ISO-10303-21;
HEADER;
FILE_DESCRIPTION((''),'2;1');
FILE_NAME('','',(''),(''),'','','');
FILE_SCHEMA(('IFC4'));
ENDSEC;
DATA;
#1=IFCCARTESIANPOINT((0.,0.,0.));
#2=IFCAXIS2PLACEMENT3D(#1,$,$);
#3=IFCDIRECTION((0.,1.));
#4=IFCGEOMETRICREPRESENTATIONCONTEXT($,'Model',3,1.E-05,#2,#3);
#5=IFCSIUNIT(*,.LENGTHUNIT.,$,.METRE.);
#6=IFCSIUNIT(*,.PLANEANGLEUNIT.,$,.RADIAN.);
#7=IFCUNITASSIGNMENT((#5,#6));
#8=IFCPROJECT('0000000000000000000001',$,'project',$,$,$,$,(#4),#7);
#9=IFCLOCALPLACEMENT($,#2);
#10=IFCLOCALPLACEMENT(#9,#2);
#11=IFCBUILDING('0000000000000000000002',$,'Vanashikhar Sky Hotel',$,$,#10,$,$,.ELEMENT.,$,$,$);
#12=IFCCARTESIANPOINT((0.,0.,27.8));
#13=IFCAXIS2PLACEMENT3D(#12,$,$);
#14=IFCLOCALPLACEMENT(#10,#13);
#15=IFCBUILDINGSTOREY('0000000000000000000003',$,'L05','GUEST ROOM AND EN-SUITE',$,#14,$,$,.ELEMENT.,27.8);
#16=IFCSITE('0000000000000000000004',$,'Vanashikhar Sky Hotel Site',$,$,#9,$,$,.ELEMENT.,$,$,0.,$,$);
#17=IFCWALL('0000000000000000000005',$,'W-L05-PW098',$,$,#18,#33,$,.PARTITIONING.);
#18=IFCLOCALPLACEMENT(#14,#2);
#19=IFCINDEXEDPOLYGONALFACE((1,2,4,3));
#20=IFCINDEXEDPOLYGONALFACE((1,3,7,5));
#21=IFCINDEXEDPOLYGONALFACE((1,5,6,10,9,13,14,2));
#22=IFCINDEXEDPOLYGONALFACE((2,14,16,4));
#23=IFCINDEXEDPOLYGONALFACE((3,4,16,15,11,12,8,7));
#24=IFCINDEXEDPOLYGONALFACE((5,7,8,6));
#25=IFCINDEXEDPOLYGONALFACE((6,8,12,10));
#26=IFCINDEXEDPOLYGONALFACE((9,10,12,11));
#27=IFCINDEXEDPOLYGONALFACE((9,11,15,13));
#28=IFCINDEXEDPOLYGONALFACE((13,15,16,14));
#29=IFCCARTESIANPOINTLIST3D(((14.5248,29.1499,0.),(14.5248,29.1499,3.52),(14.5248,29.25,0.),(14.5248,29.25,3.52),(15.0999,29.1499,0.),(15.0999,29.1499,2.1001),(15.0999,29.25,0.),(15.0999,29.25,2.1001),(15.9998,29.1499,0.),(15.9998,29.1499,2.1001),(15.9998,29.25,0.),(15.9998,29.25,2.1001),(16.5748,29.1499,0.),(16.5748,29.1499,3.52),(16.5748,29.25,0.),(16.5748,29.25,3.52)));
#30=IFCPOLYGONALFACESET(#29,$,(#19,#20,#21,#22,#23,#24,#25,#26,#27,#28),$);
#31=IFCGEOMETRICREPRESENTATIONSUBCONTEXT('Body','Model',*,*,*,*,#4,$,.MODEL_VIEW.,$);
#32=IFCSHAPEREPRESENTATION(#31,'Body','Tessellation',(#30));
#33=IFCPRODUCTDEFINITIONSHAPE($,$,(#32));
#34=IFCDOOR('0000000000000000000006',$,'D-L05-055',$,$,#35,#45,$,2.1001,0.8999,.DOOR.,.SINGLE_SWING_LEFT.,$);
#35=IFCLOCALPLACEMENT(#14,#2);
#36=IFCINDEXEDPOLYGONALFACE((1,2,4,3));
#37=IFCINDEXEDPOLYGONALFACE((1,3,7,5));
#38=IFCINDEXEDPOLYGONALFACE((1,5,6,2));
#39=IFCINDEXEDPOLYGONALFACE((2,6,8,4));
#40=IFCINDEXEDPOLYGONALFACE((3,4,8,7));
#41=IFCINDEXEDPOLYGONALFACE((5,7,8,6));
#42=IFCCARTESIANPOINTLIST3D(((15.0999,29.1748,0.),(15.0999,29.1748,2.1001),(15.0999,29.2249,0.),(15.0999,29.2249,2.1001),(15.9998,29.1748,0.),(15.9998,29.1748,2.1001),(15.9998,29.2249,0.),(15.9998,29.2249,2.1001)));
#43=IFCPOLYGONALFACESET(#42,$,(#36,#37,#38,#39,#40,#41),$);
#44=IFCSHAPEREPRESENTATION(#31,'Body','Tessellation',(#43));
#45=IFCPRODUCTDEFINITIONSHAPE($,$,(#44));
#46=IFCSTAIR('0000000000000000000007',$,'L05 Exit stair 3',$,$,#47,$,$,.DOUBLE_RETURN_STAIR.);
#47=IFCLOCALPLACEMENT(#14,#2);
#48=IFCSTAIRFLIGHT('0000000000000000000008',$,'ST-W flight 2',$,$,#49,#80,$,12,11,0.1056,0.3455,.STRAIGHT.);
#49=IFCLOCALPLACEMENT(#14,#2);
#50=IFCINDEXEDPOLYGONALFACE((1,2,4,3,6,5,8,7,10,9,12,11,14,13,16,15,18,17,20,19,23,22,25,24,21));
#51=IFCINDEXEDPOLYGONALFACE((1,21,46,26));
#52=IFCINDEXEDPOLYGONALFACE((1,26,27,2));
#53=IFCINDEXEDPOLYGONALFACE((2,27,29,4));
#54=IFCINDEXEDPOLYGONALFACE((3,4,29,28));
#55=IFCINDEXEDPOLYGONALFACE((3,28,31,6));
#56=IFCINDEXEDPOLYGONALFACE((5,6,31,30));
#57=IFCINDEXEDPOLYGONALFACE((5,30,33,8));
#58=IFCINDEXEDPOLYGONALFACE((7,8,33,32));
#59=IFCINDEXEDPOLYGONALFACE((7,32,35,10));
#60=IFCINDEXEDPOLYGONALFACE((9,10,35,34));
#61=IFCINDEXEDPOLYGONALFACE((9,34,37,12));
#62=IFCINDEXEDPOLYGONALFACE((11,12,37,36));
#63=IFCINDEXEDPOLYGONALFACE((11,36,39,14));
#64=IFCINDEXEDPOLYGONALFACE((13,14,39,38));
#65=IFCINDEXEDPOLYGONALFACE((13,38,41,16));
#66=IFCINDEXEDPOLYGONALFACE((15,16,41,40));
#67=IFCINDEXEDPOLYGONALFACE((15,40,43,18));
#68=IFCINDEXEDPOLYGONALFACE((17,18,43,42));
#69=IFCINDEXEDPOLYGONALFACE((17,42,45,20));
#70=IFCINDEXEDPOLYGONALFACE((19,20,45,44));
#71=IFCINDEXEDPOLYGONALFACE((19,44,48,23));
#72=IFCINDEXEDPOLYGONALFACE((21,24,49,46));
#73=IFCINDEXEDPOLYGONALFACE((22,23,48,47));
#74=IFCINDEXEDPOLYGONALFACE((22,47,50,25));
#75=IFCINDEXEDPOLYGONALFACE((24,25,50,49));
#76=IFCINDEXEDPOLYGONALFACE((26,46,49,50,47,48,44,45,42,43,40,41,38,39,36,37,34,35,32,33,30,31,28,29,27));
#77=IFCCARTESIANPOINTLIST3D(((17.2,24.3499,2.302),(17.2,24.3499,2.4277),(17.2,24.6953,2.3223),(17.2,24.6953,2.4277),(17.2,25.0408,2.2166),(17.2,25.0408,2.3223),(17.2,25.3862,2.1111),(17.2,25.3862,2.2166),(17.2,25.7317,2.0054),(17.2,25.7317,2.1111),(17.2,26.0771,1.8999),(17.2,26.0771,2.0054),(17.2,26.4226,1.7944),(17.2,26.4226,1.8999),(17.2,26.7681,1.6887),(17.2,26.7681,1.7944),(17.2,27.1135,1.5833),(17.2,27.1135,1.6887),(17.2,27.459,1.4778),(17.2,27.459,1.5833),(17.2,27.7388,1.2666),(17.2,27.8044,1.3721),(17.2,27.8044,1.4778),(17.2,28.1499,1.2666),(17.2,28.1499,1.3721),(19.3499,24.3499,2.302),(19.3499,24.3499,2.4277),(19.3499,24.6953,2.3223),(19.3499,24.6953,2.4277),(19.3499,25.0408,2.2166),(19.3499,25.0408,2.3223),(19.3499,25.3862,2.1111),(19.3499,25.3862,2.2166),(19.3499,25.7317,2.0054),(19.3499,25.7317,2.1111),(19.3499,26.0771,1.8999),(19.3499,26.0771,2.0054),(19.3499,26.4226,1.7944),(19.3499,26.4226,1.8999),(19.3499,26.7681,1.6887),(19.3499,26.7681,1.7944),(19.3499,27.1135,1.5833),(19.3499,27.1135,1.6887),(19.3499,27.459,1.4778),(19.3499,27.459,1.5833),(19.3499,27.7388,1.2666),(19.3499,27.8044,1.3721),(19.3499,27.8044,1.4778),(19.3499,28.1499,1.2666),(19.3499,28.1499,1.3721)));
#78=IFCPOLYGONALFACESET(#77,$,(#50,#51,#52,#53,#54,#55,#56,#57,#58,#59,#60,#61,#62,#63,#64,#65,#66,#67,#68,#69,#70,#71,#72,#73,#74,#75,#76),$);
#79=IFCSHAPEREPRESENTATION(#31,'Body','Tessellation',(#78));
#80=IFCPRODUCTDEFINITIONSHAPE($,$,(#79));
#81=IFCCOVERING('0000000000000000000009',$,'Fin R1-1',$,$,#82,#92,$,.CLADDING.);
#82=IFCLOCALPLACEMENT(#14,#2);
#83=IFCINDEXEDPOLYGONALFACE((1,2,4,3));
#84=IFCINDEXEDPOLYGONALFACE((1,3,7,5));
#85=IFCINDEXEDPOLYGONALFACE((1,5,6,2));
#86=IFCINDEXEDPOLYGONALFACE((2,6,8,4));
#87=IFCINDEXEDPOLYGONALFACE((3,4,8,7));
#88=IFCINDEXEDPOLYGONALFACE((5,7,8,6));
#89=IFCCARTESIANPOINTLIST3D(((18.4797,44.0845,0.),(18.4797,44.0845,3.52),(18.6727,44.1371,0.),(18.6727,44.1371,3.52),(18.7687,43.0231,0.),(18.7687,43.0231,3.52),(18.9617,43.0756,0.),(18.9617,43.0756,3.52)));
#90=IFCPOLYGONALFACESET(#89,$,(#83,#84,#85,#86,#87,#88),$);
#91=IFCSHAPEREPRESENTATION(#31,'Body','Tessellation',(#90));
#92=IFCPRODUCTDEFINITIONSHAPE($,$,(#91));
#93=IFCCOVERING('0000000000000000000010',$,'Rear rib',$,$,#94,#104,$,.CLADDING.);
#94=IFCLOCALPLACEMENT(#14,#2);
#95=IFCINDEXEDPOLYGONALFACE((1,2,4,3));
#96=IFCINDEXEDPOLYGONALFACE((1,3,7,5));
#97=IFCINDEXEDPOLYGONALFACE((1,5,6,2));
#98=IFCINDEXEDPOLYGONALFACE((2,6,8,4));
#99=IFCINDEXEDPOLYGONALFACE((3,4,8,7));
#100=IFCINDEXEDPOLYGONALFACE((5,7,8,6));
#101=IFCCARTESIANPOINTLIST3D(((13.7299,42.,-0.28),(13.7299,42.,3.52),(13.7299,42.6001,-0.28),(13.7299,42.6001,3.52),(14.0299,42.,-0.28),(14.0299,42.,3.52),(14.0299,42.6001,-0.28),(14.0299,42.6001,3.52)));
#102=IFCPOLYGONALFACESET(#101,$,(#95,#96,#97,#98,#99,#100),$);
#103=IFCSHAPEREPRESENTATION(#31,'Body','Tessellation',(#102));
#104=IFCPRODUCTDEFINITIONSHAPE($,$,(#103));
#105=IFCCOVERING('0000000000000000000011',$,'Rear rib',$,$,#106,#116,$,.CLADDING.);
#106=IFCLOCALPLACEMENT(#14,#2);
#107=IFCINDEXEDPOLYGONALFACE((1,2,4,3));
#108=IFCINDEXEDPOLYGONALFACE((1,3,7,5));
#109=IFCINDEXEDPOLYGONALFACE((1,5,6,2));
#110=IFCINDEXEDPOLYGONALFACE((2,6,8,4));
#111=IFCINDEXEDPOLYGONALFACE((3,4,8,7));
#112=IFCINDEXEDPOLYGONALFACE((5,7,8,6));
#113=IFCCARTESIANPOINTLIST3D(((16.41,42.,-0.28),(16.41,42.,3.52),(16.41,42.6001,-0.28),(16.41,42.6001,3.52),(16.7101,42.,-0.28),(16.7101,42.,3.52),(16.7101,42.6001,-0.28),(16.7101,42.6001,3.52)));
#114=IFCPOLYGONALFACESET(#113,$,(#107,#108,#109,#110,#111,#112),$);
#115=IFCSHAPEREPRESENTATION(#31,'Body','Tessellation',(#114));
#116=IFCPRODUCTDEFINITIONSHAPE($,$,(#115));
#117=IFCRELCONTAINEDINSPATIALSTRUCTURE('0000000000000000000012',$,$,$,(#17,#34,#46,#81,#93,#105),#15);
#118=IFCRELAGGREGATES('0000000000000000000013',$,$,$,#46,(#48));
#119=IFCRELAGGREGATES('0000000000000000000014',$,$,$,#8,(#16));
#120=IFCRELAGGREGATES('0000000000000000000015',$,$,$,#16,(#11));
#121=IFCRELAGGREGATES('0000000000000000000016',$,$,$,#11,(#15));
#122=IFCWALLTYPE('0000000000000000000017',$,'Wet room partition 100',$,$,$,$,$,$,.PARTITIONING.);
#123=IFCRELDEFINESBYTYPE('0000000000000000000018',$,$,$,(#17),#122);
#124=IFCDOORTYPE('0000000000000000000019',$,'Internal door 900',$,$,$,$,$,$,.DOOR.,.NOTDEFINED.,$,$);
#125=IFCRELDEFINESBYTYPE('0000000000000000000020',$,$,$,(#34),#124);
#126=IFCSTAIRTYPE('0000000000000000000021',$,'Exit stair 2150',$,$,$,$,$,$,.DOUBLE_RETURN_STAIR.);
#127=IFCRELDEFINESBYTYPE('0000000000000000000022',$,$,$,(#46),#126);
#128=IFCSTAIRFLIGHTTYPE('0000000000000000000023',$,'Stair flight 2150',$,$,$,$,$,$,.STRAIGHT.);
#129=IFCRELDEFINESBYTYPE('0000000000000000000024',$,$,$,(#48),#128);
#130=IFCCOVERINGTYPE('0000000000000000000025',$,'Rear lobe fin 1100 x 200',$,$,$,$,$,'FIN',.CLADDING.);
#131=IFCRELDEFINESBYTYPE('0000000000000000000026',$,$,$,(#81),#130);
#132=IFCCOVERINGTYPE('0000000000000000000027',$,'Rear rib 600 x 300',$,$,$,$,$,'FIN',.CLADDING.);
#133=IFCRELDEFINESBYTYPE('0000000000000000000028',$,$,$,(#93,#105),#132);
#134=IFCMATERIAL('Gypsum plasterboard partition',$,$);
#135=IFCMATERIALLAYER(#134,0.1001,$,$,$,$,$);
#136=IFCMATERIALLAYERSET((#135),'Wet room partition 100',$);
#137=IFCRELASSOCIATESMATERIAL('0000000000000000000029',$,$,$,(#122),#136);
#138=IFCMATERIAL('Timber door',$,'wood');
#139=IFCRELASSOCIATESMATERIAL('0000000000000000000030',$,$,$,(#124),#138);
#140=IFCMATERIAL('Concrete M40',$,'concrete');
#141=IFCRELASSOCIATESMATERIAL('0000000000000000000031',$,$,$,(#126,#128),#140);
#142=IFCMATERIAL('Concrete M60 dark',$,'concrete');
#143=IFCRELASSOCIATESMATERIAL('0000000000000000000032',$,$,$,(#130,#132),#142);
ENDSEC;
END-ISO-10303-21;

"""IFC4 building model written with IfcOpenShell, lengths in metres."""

from ifc_helpers import new_model, si_unit, direction, frame, frame_2d, origin, origin_2d, place, context, subcontext, project, spatial, polyline, rectangle, outline, extrude, source, transform, mapped, material, layer, layer_set, material_profile, profile_set, type_object, element, fill, aggregate, save


model = new_model("IFC4")

# Units and contexts
model_context = context("Model", 3, precision=1e-05, world=origin(), true_north=direction((0.0, 1.0)))
body_context = subcontext(model_context, "Body", "Model", "MODEL_VIEW")
ifc_project = project(units=[si_unit("LENGTHUNIT", "METRE"), si_unit("PLANEANGLEUNIT", "RADIAN")], contexts=[model_context])

# Site, building, storey
site_placement = place(None, origin())
site = spatial("IfcSite", under=ifc_project, at=site_placement, Name="Vanashikhar Sky Hotel Site", CompositionType="ELEMENT", RefElevation=0.0)
building_placement = place(site_placement, origin())
building = spatial("IfcBuilding", under=site, at=building_placement, Name="Vanashikhar Sky Hotel", CompositionType="ELEMENT")
storey_placement = place(building_placement, frame((0.0, 0.0, 27.8)))
storey = spatial("IfcBuildingStorey", under=building, at=storey_placement, Name="L05", Description="GUEST ROOM AND EN-SUITE", CompositionType="ELEMENT", Elevation=27.8)

# Wall, opening, door
ifc_material_1 = material(Name="Gypsum plasterboard partition")
ifc_layer_1 = layer(ifc_material_1, 0.1001)
ifc_layer_set_1 = layer_set([ifc_layer_1], Name="Wet room partition 100")
wall_type_1 = type_object("IfcWallType", Name="Wet room partition 100", PredefinedType="PARTITIONING", material=ifc_layer_set_1)
shared_shape_1 = source(origin(), body_context, "Body", "SweptSolid", [
    extrude(rectangle(XDim=2.05, YDim=0.1001, at=frame_2d((1.0249, 0.0))), origin(), (0.0, 0.0, 1.0), 3.52),
])
wall_1_placement = place(storey_placement, frame((14.5249, 29.2, 0.0), z_axis=(0.0, 0.0, 1.0), x_axis=(1.0, 0.0, 0.0)))
wall_1 = element("IfcWall", 1, at=wall_1_placement, inside=storey, type_object=wall_type_1, Name="W-L05-PW098", PredefinedType="PARTITIONING", context=body_context, shape_type="MappedRepresentation", body=[
    mapped(shared_shape_1, transform((0.0, 0.0, 0.0), scale=1.0)),
])
shared_shape_2 = source(origin(), body_context, "Body", "SweptSolid", [
    extrude(rectangle(XDim=0.8999, YDim=2.1001, at=frame_2d((0.45, 1.05))), frame((0.0, 0.0601, 0.0), z_axis=(0.0, -1.0, 0.0), x_axis=(1.0, 0.0, 0.0)), (0.0, 0.0, 1.0), 0.1201),
])
opening_1_placement = place(wall_1_placement, frame((0.575, 0.0, 0.0)))
opening_1 = element("IfcOpeningElement", 2, at=opening_1_placement, cuts=wall_1, PredefinedType="OPENING", context=body_context, shape_type="MappedRepresentation", body=[
    mapped(shared_shape_2, transform((0.0, 0.0, 0.0), scale=1.0)),
])
ifc_material_2 = material(Name="Timber door", Category="wood")
door_type_1 = type_object("IfcDoorType", Name="Internal door 900", OperationType="NOTDEFINED", PredefinedType="DOOR", material=ifc_material_2)
shared_shape_3 = source(origin(), body_context, "Body", "SweptSolid", [
    extrude(rectangle(XDim=0.8999, YDim=2.1001, at=frame_2d((0.45, 1.05))), frame((0.0, 0.0249, 0.0), z_axis=(0.0, -1.0, 0.0), x_axis=(1.0, 0.0, 0.0)), (0.0, 0.0, 1.0), 0.05),
])
door_1_placement = place(opening_1_placement, origin())
door_1 = element("IfcDoor", 3, at=door_1_placement, inside=storey, type_object=door_type_1, Name="D-L05-055", OperationType="SINGLE_SWING_LEFT", OverallHeight=2.1001, OverallWidth=0.8999, PredefinedType="DOOR", context=body_context, shape_type="MappedRepresentation", body=[
    mapped(shared_shape_3, transform((0.0, 0.0, 0.0), scale=1.0)),
])
fill(opening_1, door_1)

# Stair, stair flight
ifc_material_3 = material(Name="Concrete M40", Category="concrete")
stair_type = type_object("IfcStairType", Name="Exit stair 2150", PredefinedType="DOUBLE_RETURN_STAIR", material=ifc_material_3)
stair_placement = place(storey_placement, origin())
stair = element("IfcStair", 4, at=stair_placement, inside=storey, type_object=stair_type, Name="L05 Exit stair 3", PredefinedType="DOUBLE_RETURN_STAIR")
stair_flight_type = type_object("IfcStairFlightType", Name="Stair flight 2150", PredefinedType="STRAIGHT", material=ifc_material_3)
shared_shape_4 = source(origin(), body_context, "Body", "SweptSolid", [
    extrude(outline(polyline([(0.0, 0.0), (0.0, 0.1055), (0.3455, 0.1055), (0.3455, 0.2112), (0.6909, 0.2112), (0.6909, 0.3167), (1.0364, 0.3167), (1.0364, 0.4221), (1.3818, 0.4221), (1.3818, 0.5278), (1.7273, 0.5278), (1.7273, 0.6333), (2.0728, 0.6333), (2.0728, 0.7388), (2.4182, 0.7388), (2.4182, 0.8445), (2.7637, 0.8445), (2.7637, 0.95), (3.1091, 0.95), (3.1091, 1.0557), (3.4546, 1.0557), (3.4546, 1.1611), (3.8, 1.1611), (3.8, 1.2666), (3.8, 1.0354), (0.4111, 0.0), (0.0, 0.0)])), frame((0.0, 1.075, 0.0), z_axis=(0.0, -1.0, 0.0), x_axis=(1.0, 0.0, 0.0)), (0.0, 0.0, 1.0), 2.1499),
])
stair_flight_placement = place(storey_placement, frame((18.2749, 28.1499, 1.2666), z_axis=(0.0, 0.0, 1.0), x_axis=(0.0, -1.0, 0.0)))
stair_flight = element("IfcStairFlight", 5, at=stair_flight_placement, type_object=stair_flight_type, Name="ST-W flight 2", NumberOfRisers=12, NumberOfTreads=11, PredefinedType="STRAIGHT", RiserHeight=0.1056, TreadLength=0.3455, context=body_context, shape_type="MappedRepresentation", body=[
    mapped(shared_shape_4, transform((0.0, 0.0, 0.0), scale=1.0)),
])
aggregate(stair, [stair_flight])

# Coverings
ifc_material_4 = material(Name="Concrete M60 dark", Category="concrete")
ifc_material_profile_1 = material_profile(ifc_material_4, rectangle(XDim=1.1001, YDim=0.2, at=origin_2d()))
ifc_profile_set_1 = profile_set([ifc_material_profile_1], Name="Rear lobe fin 1100 x 200")
covering_type_1 = type_object("IfcCoveringType", Name="Rear lobe fin 1100 x 200", ElementType="FIN", PredefinedType="CLADDING", material=ifc_profile_set_1)
shared_shape_5 = source(origin(), body_context, "Body", "SweptSolid", [
    extrude(rectangle(XDim=1.1001, YDim=0.2, at=origin_2d()), origin(), (0.0, 0.0, 1.0), 3.52),
])
covering_placement = place(storey_placement, frame((18.7207, 43.5801, 0.0), z_axis=(0.0, 0.0, 1.0), x_axis=(-0.262711, 0.964874, 0.0)))
element("IfcCovering", 6, at=covering_placement, inside=storey, type_object=covering_type_1, Name="Fin R1-1", PredefinedType="CLADDING", context=body_context, shape_type="MappedRepresentation", body=[
    mapped(shared_shape_5, transform((0.0, 0.0, 0.0), scale=1.0)),
])
ifc_material_profile_2 = material_profile(ifc_material_4, rectangle(XDim=0.6001, YDim=0.3, at=origin_2d()))
ifc_profile_set_2 = profile_set([ifc_material_profile_2], Name="Rear rib 600 x 300")
covering_type_2 = type_object("IfcCoveringType", Name="Rear rib 600 x 300", ElementType="FIN", PredefinedType="CLADDING", material=ifc_profile_set_2)
shared_shape_6 = source(origin(), body_context, "Body", "SweptSolid", [
    extrude(rectangle(XDim=0.6001, YDim=0.3, at=origin_2d()), origin(), (0.0, 0.0, 1.0), 3.8),
])
for number, where, z_axis, x_axis, name in (
    (7, (13.8799, 42.3, -0.28), (0.0, 0.0, 1.0), (0.0, 1.0, 0.0), "Rear rib"),
    (8, (16.5601, 42.3, -0.28), (0.0, 0.0, 1.0), (0.0, 1.0, 0.0), "Rear rib"),
):
    element("IfcCovering", number, at=place(storey_placement, frame(where, z_axis=z_axis, x_axis=x_axis)), inside=storey, type_object=covering_type_2, Name=name, PredefinedType="CLADDING", context=body_context, shape_type="MappedRepresentation", body=[
        mapped(shared_shape_6, transform((0.0, 0.0, 0.0), scale=1.0)),
    ])

save(model, "model.ifc")
